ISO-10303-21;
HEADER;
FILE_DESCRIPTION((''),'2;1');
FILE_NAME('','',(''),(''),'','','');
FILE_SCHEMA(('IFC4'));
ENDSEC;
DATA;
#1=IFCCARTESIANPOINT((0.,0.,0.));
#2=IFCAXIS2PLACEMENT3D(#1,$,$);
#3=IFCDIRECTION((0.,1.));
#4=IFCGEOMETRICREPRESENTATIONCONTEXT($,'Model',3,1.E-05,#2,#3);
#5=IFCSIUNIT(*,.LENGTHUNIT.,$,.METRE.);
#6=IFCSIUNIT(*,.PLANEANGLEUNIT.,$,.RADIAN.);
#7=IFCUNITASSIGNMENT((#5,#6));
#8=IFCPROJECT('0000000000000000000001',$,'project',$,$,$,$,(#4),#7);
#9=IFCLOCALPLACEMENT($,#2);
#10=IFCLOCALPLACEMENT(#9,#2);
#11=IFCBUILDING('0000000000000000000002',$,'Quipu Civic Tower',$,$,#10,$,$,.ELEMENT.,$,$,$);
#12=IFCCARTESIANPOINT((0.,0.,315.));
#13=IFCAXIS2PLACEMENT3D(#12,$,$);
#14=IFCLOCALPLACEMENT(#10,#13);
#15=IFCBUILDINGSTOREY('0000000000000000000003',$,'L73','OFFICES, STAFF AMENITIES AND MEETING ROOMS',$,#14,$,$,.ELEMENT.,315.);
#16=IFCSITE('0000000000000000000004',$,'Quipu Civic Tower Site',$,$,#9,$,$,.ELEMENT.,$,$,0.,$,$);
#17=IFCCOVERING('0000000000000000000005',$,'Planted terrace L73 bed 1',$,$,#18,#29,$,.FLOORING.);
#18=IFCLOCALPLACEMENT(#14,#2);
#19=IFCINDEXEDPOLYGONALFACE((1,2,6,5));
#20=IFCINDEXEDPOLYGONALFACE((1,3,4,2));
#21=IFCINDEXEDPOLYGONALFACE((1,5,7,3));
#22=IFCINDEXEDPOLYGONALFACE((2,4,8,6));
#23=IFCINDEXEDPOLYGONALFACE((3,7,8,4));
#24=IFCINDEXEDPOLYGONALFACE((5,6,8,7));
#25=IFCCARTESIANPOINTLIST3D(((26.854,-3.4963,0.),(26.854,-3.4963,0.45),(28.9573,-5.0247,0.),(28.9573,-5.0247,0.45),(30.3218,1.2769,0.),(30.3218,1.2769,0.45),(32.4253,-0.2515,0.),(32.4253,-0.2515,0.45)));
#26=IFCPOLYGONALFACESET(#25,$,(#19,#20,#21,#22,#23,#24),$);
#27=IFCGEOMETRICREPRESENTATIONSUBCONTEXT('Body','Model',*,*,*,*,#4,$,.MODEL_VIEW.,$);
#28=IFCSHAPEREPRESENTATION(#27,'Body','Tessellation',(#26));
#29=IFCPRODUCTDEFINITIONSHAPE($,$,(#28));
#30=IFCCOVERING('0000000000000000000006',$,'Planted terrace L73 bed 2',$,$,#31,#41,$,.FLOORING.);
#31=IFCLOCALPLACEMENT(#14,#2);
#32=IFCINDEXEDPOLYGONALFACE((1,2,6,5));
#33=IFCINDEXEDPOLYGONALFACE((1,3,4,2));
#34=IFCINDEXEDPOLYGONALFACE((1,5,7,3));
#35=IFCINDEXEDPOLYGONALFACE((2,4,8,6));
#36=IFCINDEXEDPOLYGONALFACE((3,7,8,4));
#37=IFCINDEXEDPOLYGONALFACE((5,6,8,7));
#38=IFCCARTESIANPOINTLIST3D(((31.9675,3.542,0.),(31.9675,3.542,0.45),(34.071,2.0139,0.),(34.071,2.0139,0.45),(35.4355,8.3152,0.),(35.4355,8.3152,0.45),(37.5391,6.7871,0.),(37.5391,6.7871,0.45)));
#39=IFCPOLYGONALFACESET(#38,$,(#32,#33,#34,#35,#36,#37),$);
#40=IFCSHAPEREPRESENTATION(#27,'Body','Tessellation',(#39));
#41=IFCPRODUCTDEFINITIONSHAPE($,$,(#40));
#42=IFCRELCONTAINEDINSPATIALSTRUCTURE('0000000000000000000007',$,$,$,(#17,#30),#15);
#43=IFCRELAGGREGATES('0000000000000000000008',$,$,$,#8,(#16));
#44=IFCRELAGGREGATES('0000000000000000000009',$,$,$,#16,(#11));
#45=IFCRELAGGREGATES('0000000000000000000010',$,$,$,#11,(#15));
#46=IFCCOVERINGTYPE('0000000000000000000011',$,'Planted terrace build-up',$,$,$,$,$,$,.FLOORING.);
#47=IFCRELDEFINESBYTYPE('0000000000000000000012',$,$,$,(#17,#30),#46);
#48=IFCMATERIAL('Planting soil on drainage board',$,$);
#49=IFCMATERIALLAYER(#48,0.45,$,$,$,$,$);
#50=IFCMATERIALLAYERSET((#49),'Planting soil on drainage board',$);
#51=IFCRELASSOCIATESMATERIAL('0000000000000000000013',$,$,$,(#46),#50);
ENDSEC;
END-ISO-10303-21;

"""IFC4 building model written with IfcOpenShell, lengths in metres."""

from ifc_helpers import new_model, si_unit, direction, frame, origin, place, context, subcontext, project, spatial, polyline, outline, extrude, material, layer, layer_set, type_object, element, save


model = new_model("IFC4")

# Units and contexts
model_context = context("Model", 3, precision=1e-05, world=origin(), true_north=direction((0.0, 1.0)))
body_context = subcontext(model_context, "Body", "Model", "MODEL_VIEW")
ifc_project = project(units=[si_unit("LENGTHUNIT", "METRE"), si_unit("PLANEANGLEUNIT", "RADIAN")], contexts=[model_context])

# Site, building, storey
site_placement = place(None, origin())
site = spatial("IfcSite", under=ifc_project, at=site_placement, Name="Quipu Civic Tower Site", CompositionType="ELEMENT", RefElevation=0.0)
building_placement = place(site_placement, origin())
building = spatial("IfcBuilding", under=site, at=building_placement, Name="Quipu Civic Tower", CompositionType="ELEMENT")
storey_placement = place(building_placement, frame((0.0, 0.0, 315.0)))
storey = spatial("IfcBuildingStorey", under=building, at=storey_placement, Name="L73", Description="OFFICES, STAFF AMENITIES AND MEETING ROOMS", CompositionType="ELEMENT", Elevation=315.0)

# Coverings
ifc_material_1 = material(Name="Planting soil on drainage board")
ifc_layer_1 = layer(ifc_material_1, 0.45)
ifc_layer_set_1 = layer_set([ifc_layer_1], Name="Planting soil on drainage board")
covering_type = type_object("IfcCoveringType", Name="Planted terrace build-up", PredefinedType="FLOORING", material=ifc_layer_set_1)
covering_1_placement = place(storey_placement, origin())
element("IfcCovering", 1, at=covering_1_placement, inside=storey, type_object=covering_type, Name="Planted terrace L73 bed 1", PredefinedType="FLOORING", context=body_context, shape_type="SweptSolid", body=[
    extrude(outline(polyline([(30.3218, 1.2769), (32.4253, -0.2515), (28.9573, -5.0247), (26.854, -3.4963), (30.3218, 1.2769)])), origin(), (0.0, 0.0, 1.0), 0.45),
])
covering_2_placement = place(storey_placement, origin())
element("IfcCovering", 2, at=covering_2_placement, inside=storey, type_object=covering_type, Name="Planted terrace L73 bed 2", PredefinedType="FLOORING", context=body_context, shape_type="SweptSolid", body=[
    extrude(outline(polyline([(35.4355, 8.3152), (37.5391, 6.7871), (34.071, 2.0139), (31.9675, 3.542), (35.4355, 8.3152)])), origin(), (0.0, 0.0, 1.0), 0.45),
])

save(model, "model.ifc")
